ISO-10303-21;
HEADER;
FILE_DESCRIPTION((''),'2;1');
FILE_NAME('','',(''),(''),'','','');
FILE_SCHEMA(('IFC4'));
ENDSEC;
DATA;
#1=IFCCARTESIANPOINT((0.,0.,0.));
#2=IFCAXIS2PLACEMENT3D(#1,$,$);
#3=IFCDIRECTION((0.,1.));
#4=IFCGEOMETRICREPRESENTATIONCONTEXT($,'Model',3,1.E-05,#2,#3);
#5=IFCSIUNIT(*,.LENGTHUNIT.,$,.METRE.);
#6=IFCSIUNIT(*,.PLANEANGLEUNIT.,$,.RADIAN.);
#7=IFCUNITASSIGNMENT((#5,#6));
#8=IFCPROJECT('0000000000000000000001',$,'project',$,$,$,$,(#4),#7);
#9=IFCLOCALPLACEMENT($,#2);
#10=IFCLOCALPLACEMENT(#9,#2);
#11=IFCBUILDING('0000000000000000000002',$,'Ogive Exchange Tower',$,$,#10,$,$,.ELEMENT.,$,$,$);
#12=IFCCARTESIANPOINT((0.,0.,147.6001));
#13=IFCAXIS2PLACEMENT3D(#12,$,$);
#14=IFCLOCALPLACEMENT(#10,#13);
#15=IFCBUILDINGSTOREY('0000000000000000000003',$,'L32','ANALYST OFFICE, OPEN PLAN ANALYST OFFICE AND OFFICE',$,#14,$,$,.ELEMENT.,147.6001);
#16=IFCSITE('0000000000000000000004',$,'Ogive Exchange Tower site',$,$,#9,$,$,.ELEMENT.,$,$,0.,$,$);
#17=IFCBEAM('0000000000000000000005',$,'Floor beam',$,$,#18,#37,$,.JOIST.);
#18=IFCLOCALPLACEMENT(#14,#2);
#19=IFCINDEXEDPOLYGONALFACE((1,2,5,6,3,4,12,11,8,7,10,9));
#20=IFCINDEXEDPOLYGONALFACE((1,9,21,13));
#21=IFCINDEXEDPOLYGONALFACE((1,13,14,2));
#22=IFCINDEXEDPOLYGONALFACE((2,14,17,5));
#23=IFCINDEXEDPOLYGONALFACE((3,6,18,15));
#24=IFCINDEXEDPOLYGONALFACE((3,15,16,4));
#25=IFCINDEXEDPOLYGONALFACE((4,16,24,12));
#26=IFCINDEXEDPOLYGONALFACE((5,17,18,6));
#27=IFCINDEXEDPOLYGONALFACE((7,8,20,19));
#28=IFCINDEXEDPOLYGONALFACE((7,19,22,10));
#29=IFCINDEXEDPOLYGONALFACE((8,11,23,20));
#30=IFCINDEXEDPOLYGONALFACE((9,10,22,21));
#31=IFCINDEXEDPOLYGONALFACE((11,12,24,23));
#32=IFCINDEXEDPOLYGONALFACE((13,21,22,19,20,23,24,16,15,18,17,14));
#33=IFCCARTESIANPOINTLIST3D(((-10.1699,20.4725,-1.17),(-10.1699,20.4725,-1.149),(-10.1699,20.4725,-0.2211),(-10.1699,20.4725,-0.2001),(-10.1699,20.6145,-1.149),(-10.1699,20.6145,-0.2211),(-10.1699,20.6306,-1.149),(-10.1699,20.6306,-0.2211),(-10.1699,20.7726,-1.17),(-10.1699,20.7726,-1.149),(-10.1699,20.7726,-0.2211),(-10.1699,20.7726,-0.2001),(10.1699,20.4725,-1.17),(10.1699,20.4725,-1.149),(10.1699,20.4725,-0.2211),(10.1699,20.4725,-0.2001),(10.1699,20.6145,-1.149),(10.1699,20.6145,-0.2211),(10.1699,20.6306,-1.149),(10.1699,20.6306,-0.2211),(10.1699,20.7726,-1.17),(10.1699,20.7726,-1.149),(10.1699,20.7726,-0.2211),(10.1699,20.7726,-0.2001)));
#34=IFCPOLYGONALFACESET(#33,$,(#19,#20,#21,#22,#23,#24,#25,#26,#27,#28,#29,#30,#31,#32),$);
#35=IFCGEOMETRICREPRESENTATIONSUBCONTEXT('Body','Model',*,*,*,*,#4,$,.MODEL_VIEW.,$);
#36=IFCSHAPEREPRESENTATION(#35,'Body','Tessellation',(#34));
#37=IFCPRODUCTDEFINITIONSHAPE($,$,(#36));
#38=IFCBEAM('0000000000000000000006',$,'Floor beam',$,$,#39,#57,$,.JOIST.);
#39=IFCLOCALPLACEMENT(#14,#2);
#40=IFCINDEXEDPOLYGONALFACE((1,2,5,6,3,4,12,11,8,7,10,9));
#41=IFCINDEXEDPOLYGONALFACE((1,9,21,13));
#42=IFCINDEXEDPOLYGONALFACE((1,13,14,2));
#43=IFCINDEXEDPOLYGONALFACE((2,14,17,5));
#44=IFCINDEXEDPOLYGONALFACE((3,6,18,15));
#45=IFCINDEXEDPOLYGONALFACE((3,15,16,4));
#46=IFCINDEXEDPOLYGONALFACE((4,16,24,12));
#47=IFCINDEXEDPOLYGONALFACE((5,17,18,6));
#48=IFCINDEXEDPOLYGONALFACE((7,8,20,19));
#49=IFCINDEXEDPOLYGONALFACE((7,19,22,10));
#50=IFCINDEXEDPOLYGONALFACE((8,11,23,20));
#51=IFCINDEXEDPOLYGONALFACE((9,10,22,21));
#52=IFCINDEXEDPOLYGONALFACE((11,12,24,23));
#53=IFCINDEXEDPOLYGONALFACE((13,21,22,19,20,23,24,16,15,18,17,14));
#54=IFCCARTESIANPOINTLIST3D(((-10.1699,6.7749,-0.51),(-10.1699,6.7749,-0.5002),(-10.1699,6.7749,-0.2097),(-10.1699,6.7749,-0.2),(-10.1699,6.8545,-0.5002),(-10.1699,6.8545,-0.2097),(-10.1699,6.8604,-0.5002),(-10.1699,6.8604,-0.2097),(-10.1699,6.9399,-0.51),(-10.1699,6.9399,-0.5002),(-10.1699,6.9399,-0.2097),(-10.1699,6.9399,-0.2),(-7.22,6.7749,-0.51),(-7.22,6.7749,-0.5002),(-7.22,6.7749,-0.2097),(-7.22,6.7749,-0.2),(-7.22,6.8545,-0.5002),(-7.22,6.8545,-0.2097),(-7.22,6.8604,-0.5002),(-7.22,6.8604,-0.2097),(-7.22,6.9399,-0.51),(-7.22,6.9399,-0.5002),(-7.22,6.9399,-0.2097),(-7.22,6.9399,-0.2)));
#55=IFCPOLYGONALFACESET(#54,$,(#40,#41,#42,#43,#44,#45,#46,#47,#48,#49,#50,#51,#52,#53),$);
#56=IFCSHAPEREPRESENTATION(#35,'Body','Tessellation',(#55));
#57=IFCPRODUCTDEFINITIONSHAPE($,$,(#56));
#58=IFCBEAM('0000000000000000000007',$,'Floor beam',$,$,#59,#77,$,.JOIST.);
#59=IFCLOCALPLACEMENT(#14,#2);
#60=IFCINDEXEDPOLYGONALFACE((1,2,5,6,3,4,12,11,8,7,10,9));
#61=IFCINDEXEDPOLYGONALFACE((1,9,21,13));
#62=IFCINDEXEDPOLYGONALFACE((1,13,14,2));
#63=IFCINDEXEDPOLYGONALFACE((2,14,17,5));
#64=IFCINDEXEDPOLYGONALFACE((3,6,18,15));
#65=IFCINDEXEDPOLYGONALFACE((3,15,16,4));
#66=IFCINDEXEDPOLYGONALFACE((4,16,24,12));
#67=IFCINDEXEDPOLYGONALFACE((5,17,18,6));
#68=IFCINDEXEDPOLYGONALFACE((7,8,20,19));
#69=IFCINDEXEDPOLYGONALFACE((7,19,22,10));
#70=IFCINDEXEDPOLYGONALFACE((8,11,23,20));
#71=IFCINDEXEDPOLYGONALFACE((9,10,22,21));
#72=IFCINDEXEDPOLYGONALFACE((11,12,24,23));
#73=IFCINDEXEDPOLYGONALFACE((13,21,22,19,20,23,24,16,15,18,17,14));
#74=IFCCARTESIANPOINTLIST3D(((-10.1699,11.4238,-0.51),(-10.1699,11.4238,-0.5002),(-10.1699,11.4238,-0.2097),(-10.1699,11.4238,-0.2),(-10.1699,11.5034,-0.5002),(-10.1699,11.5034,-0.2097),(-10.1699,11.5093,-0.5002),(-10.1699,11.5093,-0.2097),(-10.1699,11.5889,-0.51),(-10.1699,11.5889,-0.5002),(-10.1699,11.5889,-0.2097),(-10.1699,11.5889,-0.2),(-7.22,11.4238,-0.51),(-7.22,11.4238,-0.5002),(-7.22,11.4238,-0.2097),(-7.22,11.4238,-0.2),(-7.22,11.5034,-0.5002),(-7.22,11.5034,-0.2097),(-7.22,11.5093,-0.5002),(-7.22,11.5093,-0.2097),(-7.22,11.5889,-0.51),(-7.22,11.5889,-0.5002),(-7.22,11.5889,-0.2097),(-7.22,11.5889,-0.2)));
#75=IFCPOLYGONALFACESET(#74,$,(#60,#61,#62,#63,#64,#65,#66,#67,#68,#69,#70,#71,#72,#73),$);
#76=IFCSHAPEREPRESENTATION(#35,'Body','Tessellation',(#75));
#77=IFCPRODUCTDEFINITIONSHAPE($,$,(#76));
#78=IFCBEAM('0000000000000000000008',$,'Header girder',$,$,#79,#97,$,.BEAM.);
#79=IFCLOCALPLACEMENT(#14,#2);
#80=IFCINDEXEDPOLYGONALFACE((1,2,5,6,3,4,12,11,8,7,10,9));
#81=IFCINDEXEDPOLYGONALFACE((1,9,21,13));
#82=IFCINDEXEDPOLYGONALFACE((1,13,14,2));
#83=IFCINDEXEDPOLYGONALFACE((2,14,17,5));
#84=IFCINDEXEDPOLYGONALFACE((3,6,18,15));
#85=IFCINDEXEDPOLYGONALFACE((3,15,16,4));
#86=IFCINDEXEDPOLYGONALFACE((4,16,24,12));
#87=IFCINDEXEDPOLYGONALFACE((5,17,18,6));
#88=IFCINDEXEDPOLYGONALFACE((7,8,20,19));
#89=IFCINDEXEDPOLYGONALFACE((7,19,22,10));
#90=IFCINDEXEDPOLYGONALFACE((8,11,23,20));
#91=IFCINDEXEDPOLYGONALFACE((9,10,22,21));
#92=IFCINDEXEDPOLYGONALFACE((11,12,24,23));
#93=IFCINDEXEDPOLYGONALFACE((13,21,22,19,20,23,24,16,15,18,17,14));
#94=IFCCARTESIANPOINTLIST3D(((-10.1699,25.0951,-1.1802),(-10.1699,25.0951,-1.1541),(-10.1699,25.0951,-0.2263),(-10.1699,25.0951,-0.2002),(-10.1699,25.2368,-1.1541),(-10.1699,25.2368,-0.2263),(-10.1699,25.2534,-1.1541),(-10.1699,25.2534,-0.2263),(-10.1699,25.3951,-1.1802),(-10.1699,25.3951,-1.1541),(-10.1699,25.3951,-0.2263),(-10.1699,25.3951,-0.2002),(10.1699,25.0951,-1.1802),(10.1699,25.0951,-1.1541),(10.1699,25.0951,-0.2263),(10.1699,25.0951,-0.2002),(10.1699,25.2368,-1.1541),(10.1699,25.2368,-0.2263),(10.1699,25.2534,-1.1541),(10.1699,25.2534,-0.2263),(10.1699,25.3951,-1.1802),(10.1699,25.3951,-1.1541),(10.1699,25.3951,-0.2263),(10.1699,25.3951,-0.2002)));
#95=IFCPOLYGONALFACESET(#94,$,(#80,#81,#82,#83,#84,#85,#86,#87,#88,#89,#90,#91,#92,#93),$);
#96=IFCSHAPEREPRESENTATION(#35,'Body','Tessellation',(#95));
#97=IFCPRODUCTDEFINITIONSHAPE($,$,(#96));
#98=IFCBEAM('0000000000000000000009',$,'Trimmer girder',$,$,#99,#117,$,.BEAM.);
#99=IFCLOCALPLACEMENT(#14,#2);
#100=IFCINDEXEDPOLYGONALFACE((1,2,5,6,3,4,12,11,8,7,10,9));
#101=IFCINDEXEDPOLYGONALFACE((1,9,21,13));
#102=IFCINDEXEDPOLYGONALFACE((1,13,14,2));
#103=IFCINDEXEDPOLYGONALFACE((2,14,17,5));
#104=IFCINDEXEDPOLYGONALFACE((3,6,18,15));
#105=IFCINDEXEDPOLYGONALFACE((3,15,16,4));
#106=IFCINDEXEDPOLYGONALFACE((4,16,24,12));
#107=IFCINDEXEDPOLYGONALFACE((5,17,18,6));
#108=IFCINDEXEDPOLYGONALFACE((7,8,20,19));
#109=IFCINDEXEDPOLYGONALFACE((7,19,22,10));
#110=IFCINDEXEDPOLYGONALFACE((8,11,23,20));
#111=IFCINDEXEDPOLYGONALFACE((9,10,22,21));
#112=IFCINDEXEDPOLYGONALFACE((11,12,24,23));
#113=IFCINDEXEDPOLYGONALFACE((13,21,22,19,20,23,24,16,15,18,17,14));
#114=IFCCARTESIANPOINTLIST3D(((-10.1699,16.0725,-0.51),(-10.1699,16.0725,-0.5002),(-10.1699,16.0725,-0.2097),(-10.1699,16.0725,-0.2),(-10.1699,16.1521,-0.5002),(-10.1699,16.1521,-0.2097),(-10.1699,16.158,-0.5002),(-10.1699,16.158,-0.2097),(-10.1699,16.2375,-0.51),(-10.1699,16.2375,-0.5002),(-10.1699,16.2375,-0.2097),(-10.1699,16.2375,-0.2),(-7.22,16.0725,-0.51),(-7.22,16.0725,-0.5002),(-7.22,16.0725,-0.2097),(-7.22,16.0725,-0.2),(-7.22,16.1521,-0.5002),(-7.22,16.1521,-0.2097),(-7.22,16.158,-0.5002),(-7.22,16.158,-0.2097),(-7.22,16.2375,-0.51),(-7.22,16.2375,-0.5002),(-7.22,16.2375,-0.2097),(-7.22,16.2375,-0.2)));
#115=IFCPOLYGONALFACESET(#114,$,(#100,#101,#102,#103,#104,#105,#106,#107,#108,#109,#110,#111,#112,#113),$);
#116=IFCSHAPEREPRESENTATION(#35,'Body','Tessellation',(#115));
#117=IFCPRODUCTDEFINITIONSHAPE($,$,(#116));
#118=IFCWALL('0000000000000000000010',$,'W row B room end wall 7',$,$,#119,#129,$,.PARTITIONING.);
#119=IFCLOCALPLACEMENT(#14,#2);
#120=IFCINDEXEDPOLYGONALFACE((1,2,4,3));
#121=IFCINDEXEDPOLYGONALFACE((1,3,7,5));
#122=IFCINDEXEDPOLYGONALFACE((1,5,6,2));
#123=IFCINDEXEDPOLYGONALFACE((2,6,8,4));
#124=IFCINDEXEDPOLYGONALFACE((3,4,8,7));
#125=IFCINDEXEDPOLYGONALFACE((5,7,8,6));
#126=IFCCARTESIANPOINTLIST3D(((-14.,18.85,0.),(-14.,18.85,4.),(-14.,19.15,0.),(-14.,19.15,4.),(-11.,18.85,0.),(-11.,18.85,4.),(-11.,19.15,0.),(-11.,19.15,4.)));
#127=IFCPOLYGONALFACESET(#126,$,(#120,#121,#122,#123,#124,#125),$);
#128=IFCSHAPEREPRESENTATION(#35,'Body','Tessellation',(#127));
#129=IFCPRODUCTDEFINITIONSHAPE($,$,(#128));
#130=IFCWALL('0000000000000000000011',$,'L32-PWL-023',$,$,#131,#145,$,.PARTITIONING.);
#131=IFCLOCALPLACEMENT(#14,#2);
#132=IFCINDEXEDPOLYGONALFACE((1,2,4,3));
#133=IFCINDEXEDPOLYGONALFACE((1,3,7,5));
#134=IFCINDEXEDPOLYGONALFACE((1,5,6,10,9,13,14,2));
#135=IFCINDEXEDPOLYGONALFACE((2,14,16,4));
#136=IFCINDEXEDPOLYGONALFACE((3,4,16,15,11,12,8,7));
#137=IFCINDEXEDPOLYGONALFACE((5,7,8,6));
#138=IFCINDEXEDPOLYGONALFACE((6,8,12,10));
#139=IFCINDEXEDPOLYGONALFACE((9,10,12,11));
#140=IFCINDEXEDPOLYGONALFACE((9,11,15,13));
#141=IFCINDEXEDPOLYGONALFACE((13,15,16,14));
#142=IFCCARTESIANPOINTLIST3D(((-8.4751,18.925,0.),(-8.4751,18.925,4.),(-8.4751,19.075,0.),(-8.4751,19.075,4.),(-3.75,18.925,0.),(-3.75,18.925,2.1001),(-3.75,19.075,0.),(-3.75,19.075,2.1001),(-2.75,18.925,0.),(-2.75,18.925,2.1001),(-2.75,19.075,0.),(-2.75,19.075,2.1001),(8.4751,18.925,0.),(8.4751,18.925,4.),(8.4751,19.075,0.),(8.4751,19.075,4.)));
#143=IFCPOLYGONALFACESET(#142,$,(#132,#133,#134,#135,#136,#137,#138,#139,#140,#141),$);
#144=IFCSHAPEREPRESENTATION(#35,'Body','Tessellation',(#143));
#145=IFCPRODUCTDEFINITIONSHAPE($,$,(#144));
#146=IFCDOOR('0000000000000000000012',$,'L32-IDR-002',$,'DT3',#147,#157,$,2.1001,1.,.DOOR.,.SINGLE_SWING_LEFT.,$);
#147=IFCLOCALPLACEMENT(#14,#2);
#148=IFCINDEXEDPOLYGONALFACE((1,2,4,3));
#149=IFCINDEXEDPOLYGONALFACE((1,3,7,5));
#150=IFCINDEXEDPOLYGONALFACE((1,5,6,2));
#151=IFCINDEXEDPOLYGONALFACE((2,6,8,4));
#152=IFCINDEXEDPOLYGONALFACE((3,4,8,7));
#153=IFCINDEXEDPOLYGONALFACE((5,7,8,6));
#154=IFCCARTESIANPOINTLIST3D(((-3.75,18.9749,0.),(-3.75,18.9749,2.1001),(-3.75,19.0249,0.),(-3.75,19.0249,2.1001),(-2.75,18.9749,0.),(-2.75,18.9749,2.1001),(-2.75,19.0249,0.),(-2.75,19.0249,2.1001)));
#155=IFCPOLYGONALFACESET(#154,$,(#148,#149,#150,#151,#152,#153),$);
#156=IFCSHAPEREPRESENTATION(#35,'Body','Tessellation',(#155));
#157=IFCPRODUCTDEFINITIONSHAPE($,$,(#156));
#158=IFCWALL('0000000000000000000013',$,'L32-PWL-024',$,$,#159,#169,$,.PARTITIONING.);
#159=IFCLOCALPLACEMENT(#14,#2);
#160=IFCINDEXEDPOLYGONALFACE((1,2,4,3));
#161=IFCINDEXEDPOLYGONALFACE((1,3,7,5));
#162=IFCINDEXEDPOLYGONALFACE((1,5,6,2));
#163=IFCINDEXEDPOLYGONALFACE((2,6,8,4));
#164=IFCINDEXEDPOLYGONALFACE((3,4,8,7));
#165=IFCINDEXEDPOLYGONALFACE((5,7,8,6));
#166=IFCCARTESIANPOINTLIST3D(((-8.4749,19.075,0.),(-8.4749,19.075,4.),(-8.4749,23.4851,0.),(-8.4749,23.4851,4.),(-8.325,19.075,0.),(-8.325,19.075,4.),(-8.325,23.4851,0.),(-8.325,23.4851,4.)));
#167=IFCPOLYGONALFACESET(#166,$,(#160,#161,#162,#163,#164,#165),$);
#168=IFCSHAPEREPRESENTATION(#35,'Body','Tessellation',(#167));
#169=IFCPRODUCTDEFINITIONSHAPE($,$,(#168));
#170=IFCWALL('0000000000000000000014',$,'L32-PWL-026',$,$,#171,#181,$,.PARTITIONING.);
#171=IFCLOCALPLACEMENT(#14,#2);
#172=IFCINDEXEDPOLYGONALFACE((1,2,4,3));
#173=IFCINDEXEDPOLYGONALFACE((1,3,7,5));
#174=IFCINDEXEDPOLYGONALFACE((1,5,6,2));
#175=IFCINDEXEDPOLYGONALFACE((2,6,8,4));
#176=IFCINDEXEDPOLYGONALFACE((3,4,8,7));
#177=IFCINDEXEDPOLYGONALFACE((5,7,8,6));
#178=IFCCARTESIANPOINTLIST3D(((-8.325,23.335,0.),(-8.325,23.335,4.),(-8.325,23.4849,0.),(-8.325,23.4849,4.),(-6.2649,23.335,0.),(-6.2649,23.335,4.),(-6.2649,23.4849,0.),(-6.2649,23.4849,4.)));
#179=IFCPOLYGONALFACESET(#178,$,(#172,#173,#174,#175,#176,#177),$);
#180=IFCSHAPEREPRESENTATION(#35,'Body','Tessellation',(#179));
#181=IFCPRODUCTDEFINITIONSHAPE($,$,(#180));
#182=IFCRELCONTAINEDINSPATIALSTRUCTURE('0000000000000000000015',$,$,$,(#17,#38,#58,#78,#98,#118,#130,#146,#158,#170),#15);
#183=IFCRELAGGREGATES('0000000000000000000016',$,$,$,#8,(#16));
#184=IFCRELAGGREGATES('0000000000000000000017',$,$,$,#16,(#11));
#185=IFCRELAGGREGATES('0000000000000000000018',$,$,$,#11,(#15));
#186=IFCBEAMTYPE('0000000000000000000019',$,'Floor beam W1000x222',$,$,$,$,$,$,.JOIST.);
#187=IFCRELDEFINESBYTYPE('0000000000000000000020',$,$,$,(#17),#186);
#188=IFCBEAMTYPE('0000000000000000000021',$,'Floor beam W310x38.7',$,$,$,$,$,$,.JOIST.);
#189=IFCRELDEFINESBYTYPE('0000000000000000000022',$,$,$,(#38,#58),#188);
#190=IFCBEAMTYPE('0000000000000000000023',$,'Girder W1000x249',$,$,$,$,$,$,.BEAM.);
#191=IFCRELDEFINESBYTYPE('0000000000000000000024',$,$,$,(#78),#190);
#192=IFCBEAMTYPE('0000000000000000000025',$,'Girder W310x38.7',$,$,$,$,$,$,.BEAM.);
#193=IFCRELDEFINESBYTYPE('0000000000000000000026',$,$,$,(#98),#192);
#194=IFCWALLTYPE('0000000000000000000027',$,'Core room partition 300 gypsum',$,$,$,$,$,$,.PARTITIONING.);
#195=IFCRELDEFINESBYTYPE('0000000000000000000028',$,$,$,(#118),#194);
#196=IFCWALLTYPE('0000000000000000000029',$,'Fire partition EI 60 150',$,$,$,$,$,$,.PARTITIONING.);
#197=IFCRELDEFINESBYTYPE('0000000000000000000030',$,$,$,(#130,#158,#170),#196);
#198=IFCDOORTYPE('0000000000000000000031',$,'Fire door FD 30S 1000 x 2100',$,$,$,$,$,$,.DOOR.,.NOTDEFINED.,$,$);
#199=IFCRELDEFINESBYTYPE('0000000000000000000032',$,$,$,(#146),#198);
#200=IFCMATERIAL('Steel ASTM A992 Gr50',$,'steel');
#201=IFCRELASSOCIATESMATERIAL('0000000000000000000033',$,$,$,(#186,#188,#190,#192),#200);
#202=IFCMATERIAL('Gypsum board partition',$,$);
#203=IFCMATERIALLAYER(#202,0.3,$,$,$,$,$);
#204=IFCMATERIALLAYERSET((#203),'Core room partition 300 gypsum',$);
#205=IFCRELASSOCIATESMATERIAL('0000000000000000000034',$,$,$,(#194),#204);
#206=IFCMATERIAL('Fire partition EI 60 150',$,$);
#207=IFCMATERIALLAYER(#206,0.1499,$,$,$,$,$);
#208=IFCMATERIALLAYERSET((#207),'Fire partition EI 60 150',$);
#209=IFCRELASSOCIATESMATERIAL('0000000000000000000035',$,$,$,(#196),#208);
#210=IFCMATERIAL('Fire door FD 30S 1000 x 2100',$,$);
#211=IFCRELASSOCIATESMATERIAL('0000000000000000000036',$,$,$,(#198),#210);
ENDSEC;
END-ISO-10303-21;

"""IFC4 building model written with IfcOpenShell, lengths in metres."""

from ifc_helpers import new_model, si_unit, direction, frame, frame_2d, origin, origin_2d, place, context, subcontext, project, spatial, rectangle, i_section, extrude, material, layer, layer_set, material_profile, profile_set, type_object, element, fill, save


model = new_model("IFC4")

# Units and contexts
model_context = context("Model", 3, precision=1e-05, world=origin(), true_north=direction((0.0, 1.0)))
body_context = subcontext(model_context, "Body", "Model", "MODEL_VIEW")
ifc_project = project(units=[si_unit("LENGTHUNIT", "METRE"), si_unit("PLANEANGLEUNIT", "RADIAN")], contexts=[model_context])

# Site, building, storey
site_placement = place(None, origin())
site = spatial("IfcSite", under=ifc_project, at=site_placement, Name="Ogive Exchange Tower site", CompositionType="ELEMENT", RefElevation=0.0)
building_placement = place(site_placement, origin())
building = spatial("IfcBuilding", under=site, at=building_placement, Name="Ogive Exchange Tower", CompositionType="ELEMENT")
storey_placement = place(building_placement, frame((0.0, 0.0, 147.6001)))
storey = spatial("IfcBuildingStorey", under=building, at=storey_placement, Name="L32", Description="ANALYST OFFICE, OPEN PLAN ANALYST OFFICE AND OFFICE", CompositionType="ELEMENT", Elevation=147.6001)

# Beams
ifc_material_1 = material(Name="Steel ASTM A992 Gr50", Category="steel")
ifc_material_profile_1 = material_profile(ifc_material_1, i_section(OverallWidth=0.3, OverallDepth=0.97, WebThickness=0.0161, FlangeThickness=0.021, at=origin_2d()), Name="W1000x222")
ifc_profile_set_1 = profile_set([ifc_material_profile_1], Name="Steel ASTM A992 Gr50")
beam_type_1 = type_object("IfcBeamType", Name="Floor beam W1000x222", PredefinedType="JOIST", material=ifc_profile_set_1)
beam_1_placement = place(storey_placement, frame((-10.1699, 20.6226, -0.6851), z_axis=(1.0, 0.0, 0.0), x_axis=(0.0, 1.0, 0.0)))
element("IfcBeam", 1, at=beam_1_placement, inside=storey, type_object=beam_type_1, Name="Floor beam", PredefinedType="JOIST", context=body_context, shape_type="SweptSolid", body=[
    extrude(i_section(OverallWidth=0.3, OverallDepth=0.97, WebThickness=0.0161, FlangeThickness=0.021, at=origin_2d()), origin(), (0.0, 0.0, 1.0), 20.3398),
])
ifc_material_profile_2 = material_profile(ifc_material_1, i_section(OverallWidth=0.165, OverallDepth=0.3101, WebThickness=0.0059, FlangeThickness=0.0098, at=origin_2d()), Name="W310x38.7")
ifc_profile_set_2 = profile_set([ifc_material_profile_2], Name="Steel ASTM A992 Gr50")
beam_type_2 = type_object("IfcBeamType", Name="Floor beam W310x38.7", PredefinedType="JOIST", material=ifc_profile_set_2)
for number, where, z_axis, x_axis, name in (
    (2, (-10.1699, 6.8574, -0.355), (1.0, 0.0, 0.0), (0.0, 1.0, 0.0), "Floor beam"),
    (3, (-10.1699, 11.5063, -0.355), (1.0, 0.0, 0.0), (0.0, 1.0, 0.0), "Floor beam"),
):
    element("IfcBeam", number, at=place(storey_placement, frame(where, z_axis=z_axis, x_axis=x_axis)), inside=storey, type_object=beam_type_2, Name=name, PredefinedType="JOIST", context=body_context, shape_type="SweptSolid", body=[
        extrude(i_section(OverallWidth=0.165, OverallDepth=0.3101, WebThickness=0.0059, FlangeThickness=0.0098, at=origin_2d()), origin(), (0.0, 0.0, 1.0), 2.95),
    ])
ifc_material_profile_3 = material_profile(ifc_material_1, i_section(OverallWidth=0.3, OverallDepth=0.98, WebThickness=0.0166, FlangeThickness=0.0261, at=origin_2d()), Name="W1000x249")
ifc_profile_set_3 = profile_set([ifc_material_profile_3], Name="Steel ASTM A992 Gr50")
beam_type_3 = type_object("IfcBeamType", Name="Girder W1000x249", PredefinedType="BEAM", material=ifc_profile_set_3)
beam_2_placement = place(storey_placement, frame((-10.1699, 25.2451, -0.6902), z_axis=(1.0, 0.0, 0.0), x_axis=(0.0, 1.0, 0.0)))
element("IfcBeam", 4, at=beam_2_placement, inside=storey, type_object=beam_type_3, Name="Header girder", PredefinedType="BEAM", context=body_context, shape_type="SweptSolid", body=[
    extrude(i_section(OverallWidth=0.3, OverallDepth=0.98, WebThickness=0.0166, FlangeThickness=0.0261, at=origin_2d()), origin(), (0.0, 0.0, 1.0), 20.3398),
])
ifc_material_profile_4 = material_profile(ifc_material_1, i_section(OverallWidth=0.165, OverallDepth=0.3101, WebThickness=0.0059, FlangeThickness=0.0098, at=origin_2d()), Name="W310x38.7")
ifc_profile_set_4 = profile_set([ifc_material_profile_4], Name="Steel ASTM A992 Gr50")
beam_type_4 = type_object("IfcBeamType", Name="Girder W310x38.7", PredefinedType="BEAM", material=ifc_profile_set_4)
beam_3_placement = place(storey_placement, frame((-10.1699, 16.155, -0.355), z_axis=(1.0, 0.0, 0.0), x_axis=(0.0, 1.0, 0.0)))
element("IfcBeam", 5, at=beam_3_placement, inside=storey, type_object=beam_type_4, Name="Trimmer girder", PredefinedType="BEAM", context=body_context, shape_type="SweptSolid", body=[
    extrude(i_section(OverallWidth=0.165, OverallDepth=0.3101, WebThickness=0.0059, FlangeThickness=0.0098, at=origin_2d()), origin(), (0.0, 0.0, 1.0), 2.95),
])

# Wall
ifc_material_2 = material(Name="Gypsum board partition")
ifc_layer_1 = layer(ifc_material_2, 0.3)
ifc_layer_set_1 = layer_set([ifc_layer_1], Name="Core room partition 300 gypsum")
wall_type_1 = type_object("IfcWallType", Name="Core room partition 300 gypsum", PredefinedType="PARTITIONING", material=ifc_layer_set_1)
wall_1_placement = place(storey_placement, frame((-14.0, 19.0, 0.0), z_axis=(0.0, 0.0, 1.0), x_axis=(1.0, 0.0, 0.0)))
element("IfcWall", 6, at=wall_1_placement, inside=storey, type_object=wall_type_1, Name="W row B room end wall 7", PredefinedType="PARTITIONING", context=body_context, shape_type="SweptSolid", body=[
    extrude(rectangle(XDim=3.0, YDim=0.3, at=frame_2d((1.5, 0.0))), origin(), (0.0, 0.0, 1.0), 4.0),
])

# Wall, opening, door
ifc_material_3 = material(Name="Fire partition EI 60 150")
ifc_layer_2 = layer(ifc_material_3, 0.1499)
ifc_layer_set_2 = layer_set([ifc_layer_2], Name="Fire partition EI 60 150")
wall_type_2 = type_object("IfcWallType", Name="Fire partition EI 60 150", PredefinedType="PARTITIONING", material=ifc_layer_set_2)
wall_2_placement = place(storey_placement, frame((-8.4751, 19.0, 0.0), z_axis=(0.0, 0.0, 1.0), x_axis=(1.0, 0.0, 0.0)))
wall_2 = element("IfcWall", 7, at=wall_2_placement, inside=storey, type_object=wall_type_2, Name="L32-PWL-023", PredefinedType="PARTITIONING", context=body_context, shape_type="SweptSolid", body=[
    extrude(rectangle(XDim=16.9502, YDim=0.1499, at=frame_2d((8.4751, 0.0))), origin(), (0.0, 0.0, 1.0), 4.0),
])
opening_1_placement = place(wall_2_placement, frame((4.7251, 0.0, 0.0)))
opening_1 = element("IfcOpeningElement", 8, at=opening_1_placement, cuts=wall_2, PredefinedType="OPENING", context=body_context, shape_type="SweptSolid", body=[
    extrude(rectangle(XDim=1.0, YDim=2.1001, at=frame_2d((0.5, 1.05))), frame((0.0, 0.085, 0.0), z_axis=(0.0, -1.0, 0.0), x_axis=(1.0, 0.0, 0.0)), (0.0, 0.0, 1.0), 0.1699),
])
ifc_material_4 = material(Name="Fire door FD 30S 1000 x 2100")
door_type_1 = type_object("IfcDoorType", Name="Fire door FD 30S 1000 x 2100", OperationType="NOTDEFINED", PredefinedType="DOOR", material=ifc_material_4)
door_1_placement = place(opening_1_placement, origin())
door_1 = element("IfcDoor", 9, at=door_1_placement, inside=storey, type_object=door_type_1, Name="L32-IDR-002", ObjectType="DT3", OperationType="SINGLE_SWING_LEFT", OverallHeight=2.1001, OverallWidth=1.0, PredefinedType="DOOR", context=body_context, shape_type="SweptSolid", body=[
    extrude(rectangle(XDim=1.0, YDim=2.1001, at=frame_2d((0.5, 1.05))), frame((0.0, 0.0249, 0.0), z_axis=(0.0, -1.0, 0.0), x_axis=(1.0, 0.0, 0.0)), (0.0, 0.0, 1.0), 0.05),
])
fill(opening_1, door_1)

# Walls
wall_3_placement = place(storey_placement, frame((-8.3999, 23.4851, 0.0), z_axis=(0.0, 0.0, 1.0), x_axis=(0.0, -1.0, 0.0)))
element("IfcWall", 10, at=wall_3_placement, inside=storey, type_object=wall_type_2, Name="L32-PWL-024", PredefinedType="PARTITIONING", context=body_context, shape_type="SweptSolid", body=[
    extrude(rectangle(XDim=4.4102, YDim=0.1499, at=frame_2d((2.2051, 0.0))), origin(), (0.0, 0.0, 1.0), 4.0),
])
wall_4_placement = place(storey_placement, frame((-6.2649, 23.4099, 0.0), z_axis=(0.0, 0.0, 1.0), x_axis=(-1.0, 0.0, 0.0)))
element("IfcWall", 11, at=wall_4_placement, inside=storey, type_object=wall_type_2, Name="L32-PWL-026", PredefinedType="PARTITIONING", context=body_context, shape_type="SweptSolid", body=[
    extrude(rectangle(XDim=2.0601, YDim=0.1499, at=frame_2d((1.03, 0.0))), origin(), (0.0, 0.0, 1.0), 4.0),
])

save(model, "model.ifc")
